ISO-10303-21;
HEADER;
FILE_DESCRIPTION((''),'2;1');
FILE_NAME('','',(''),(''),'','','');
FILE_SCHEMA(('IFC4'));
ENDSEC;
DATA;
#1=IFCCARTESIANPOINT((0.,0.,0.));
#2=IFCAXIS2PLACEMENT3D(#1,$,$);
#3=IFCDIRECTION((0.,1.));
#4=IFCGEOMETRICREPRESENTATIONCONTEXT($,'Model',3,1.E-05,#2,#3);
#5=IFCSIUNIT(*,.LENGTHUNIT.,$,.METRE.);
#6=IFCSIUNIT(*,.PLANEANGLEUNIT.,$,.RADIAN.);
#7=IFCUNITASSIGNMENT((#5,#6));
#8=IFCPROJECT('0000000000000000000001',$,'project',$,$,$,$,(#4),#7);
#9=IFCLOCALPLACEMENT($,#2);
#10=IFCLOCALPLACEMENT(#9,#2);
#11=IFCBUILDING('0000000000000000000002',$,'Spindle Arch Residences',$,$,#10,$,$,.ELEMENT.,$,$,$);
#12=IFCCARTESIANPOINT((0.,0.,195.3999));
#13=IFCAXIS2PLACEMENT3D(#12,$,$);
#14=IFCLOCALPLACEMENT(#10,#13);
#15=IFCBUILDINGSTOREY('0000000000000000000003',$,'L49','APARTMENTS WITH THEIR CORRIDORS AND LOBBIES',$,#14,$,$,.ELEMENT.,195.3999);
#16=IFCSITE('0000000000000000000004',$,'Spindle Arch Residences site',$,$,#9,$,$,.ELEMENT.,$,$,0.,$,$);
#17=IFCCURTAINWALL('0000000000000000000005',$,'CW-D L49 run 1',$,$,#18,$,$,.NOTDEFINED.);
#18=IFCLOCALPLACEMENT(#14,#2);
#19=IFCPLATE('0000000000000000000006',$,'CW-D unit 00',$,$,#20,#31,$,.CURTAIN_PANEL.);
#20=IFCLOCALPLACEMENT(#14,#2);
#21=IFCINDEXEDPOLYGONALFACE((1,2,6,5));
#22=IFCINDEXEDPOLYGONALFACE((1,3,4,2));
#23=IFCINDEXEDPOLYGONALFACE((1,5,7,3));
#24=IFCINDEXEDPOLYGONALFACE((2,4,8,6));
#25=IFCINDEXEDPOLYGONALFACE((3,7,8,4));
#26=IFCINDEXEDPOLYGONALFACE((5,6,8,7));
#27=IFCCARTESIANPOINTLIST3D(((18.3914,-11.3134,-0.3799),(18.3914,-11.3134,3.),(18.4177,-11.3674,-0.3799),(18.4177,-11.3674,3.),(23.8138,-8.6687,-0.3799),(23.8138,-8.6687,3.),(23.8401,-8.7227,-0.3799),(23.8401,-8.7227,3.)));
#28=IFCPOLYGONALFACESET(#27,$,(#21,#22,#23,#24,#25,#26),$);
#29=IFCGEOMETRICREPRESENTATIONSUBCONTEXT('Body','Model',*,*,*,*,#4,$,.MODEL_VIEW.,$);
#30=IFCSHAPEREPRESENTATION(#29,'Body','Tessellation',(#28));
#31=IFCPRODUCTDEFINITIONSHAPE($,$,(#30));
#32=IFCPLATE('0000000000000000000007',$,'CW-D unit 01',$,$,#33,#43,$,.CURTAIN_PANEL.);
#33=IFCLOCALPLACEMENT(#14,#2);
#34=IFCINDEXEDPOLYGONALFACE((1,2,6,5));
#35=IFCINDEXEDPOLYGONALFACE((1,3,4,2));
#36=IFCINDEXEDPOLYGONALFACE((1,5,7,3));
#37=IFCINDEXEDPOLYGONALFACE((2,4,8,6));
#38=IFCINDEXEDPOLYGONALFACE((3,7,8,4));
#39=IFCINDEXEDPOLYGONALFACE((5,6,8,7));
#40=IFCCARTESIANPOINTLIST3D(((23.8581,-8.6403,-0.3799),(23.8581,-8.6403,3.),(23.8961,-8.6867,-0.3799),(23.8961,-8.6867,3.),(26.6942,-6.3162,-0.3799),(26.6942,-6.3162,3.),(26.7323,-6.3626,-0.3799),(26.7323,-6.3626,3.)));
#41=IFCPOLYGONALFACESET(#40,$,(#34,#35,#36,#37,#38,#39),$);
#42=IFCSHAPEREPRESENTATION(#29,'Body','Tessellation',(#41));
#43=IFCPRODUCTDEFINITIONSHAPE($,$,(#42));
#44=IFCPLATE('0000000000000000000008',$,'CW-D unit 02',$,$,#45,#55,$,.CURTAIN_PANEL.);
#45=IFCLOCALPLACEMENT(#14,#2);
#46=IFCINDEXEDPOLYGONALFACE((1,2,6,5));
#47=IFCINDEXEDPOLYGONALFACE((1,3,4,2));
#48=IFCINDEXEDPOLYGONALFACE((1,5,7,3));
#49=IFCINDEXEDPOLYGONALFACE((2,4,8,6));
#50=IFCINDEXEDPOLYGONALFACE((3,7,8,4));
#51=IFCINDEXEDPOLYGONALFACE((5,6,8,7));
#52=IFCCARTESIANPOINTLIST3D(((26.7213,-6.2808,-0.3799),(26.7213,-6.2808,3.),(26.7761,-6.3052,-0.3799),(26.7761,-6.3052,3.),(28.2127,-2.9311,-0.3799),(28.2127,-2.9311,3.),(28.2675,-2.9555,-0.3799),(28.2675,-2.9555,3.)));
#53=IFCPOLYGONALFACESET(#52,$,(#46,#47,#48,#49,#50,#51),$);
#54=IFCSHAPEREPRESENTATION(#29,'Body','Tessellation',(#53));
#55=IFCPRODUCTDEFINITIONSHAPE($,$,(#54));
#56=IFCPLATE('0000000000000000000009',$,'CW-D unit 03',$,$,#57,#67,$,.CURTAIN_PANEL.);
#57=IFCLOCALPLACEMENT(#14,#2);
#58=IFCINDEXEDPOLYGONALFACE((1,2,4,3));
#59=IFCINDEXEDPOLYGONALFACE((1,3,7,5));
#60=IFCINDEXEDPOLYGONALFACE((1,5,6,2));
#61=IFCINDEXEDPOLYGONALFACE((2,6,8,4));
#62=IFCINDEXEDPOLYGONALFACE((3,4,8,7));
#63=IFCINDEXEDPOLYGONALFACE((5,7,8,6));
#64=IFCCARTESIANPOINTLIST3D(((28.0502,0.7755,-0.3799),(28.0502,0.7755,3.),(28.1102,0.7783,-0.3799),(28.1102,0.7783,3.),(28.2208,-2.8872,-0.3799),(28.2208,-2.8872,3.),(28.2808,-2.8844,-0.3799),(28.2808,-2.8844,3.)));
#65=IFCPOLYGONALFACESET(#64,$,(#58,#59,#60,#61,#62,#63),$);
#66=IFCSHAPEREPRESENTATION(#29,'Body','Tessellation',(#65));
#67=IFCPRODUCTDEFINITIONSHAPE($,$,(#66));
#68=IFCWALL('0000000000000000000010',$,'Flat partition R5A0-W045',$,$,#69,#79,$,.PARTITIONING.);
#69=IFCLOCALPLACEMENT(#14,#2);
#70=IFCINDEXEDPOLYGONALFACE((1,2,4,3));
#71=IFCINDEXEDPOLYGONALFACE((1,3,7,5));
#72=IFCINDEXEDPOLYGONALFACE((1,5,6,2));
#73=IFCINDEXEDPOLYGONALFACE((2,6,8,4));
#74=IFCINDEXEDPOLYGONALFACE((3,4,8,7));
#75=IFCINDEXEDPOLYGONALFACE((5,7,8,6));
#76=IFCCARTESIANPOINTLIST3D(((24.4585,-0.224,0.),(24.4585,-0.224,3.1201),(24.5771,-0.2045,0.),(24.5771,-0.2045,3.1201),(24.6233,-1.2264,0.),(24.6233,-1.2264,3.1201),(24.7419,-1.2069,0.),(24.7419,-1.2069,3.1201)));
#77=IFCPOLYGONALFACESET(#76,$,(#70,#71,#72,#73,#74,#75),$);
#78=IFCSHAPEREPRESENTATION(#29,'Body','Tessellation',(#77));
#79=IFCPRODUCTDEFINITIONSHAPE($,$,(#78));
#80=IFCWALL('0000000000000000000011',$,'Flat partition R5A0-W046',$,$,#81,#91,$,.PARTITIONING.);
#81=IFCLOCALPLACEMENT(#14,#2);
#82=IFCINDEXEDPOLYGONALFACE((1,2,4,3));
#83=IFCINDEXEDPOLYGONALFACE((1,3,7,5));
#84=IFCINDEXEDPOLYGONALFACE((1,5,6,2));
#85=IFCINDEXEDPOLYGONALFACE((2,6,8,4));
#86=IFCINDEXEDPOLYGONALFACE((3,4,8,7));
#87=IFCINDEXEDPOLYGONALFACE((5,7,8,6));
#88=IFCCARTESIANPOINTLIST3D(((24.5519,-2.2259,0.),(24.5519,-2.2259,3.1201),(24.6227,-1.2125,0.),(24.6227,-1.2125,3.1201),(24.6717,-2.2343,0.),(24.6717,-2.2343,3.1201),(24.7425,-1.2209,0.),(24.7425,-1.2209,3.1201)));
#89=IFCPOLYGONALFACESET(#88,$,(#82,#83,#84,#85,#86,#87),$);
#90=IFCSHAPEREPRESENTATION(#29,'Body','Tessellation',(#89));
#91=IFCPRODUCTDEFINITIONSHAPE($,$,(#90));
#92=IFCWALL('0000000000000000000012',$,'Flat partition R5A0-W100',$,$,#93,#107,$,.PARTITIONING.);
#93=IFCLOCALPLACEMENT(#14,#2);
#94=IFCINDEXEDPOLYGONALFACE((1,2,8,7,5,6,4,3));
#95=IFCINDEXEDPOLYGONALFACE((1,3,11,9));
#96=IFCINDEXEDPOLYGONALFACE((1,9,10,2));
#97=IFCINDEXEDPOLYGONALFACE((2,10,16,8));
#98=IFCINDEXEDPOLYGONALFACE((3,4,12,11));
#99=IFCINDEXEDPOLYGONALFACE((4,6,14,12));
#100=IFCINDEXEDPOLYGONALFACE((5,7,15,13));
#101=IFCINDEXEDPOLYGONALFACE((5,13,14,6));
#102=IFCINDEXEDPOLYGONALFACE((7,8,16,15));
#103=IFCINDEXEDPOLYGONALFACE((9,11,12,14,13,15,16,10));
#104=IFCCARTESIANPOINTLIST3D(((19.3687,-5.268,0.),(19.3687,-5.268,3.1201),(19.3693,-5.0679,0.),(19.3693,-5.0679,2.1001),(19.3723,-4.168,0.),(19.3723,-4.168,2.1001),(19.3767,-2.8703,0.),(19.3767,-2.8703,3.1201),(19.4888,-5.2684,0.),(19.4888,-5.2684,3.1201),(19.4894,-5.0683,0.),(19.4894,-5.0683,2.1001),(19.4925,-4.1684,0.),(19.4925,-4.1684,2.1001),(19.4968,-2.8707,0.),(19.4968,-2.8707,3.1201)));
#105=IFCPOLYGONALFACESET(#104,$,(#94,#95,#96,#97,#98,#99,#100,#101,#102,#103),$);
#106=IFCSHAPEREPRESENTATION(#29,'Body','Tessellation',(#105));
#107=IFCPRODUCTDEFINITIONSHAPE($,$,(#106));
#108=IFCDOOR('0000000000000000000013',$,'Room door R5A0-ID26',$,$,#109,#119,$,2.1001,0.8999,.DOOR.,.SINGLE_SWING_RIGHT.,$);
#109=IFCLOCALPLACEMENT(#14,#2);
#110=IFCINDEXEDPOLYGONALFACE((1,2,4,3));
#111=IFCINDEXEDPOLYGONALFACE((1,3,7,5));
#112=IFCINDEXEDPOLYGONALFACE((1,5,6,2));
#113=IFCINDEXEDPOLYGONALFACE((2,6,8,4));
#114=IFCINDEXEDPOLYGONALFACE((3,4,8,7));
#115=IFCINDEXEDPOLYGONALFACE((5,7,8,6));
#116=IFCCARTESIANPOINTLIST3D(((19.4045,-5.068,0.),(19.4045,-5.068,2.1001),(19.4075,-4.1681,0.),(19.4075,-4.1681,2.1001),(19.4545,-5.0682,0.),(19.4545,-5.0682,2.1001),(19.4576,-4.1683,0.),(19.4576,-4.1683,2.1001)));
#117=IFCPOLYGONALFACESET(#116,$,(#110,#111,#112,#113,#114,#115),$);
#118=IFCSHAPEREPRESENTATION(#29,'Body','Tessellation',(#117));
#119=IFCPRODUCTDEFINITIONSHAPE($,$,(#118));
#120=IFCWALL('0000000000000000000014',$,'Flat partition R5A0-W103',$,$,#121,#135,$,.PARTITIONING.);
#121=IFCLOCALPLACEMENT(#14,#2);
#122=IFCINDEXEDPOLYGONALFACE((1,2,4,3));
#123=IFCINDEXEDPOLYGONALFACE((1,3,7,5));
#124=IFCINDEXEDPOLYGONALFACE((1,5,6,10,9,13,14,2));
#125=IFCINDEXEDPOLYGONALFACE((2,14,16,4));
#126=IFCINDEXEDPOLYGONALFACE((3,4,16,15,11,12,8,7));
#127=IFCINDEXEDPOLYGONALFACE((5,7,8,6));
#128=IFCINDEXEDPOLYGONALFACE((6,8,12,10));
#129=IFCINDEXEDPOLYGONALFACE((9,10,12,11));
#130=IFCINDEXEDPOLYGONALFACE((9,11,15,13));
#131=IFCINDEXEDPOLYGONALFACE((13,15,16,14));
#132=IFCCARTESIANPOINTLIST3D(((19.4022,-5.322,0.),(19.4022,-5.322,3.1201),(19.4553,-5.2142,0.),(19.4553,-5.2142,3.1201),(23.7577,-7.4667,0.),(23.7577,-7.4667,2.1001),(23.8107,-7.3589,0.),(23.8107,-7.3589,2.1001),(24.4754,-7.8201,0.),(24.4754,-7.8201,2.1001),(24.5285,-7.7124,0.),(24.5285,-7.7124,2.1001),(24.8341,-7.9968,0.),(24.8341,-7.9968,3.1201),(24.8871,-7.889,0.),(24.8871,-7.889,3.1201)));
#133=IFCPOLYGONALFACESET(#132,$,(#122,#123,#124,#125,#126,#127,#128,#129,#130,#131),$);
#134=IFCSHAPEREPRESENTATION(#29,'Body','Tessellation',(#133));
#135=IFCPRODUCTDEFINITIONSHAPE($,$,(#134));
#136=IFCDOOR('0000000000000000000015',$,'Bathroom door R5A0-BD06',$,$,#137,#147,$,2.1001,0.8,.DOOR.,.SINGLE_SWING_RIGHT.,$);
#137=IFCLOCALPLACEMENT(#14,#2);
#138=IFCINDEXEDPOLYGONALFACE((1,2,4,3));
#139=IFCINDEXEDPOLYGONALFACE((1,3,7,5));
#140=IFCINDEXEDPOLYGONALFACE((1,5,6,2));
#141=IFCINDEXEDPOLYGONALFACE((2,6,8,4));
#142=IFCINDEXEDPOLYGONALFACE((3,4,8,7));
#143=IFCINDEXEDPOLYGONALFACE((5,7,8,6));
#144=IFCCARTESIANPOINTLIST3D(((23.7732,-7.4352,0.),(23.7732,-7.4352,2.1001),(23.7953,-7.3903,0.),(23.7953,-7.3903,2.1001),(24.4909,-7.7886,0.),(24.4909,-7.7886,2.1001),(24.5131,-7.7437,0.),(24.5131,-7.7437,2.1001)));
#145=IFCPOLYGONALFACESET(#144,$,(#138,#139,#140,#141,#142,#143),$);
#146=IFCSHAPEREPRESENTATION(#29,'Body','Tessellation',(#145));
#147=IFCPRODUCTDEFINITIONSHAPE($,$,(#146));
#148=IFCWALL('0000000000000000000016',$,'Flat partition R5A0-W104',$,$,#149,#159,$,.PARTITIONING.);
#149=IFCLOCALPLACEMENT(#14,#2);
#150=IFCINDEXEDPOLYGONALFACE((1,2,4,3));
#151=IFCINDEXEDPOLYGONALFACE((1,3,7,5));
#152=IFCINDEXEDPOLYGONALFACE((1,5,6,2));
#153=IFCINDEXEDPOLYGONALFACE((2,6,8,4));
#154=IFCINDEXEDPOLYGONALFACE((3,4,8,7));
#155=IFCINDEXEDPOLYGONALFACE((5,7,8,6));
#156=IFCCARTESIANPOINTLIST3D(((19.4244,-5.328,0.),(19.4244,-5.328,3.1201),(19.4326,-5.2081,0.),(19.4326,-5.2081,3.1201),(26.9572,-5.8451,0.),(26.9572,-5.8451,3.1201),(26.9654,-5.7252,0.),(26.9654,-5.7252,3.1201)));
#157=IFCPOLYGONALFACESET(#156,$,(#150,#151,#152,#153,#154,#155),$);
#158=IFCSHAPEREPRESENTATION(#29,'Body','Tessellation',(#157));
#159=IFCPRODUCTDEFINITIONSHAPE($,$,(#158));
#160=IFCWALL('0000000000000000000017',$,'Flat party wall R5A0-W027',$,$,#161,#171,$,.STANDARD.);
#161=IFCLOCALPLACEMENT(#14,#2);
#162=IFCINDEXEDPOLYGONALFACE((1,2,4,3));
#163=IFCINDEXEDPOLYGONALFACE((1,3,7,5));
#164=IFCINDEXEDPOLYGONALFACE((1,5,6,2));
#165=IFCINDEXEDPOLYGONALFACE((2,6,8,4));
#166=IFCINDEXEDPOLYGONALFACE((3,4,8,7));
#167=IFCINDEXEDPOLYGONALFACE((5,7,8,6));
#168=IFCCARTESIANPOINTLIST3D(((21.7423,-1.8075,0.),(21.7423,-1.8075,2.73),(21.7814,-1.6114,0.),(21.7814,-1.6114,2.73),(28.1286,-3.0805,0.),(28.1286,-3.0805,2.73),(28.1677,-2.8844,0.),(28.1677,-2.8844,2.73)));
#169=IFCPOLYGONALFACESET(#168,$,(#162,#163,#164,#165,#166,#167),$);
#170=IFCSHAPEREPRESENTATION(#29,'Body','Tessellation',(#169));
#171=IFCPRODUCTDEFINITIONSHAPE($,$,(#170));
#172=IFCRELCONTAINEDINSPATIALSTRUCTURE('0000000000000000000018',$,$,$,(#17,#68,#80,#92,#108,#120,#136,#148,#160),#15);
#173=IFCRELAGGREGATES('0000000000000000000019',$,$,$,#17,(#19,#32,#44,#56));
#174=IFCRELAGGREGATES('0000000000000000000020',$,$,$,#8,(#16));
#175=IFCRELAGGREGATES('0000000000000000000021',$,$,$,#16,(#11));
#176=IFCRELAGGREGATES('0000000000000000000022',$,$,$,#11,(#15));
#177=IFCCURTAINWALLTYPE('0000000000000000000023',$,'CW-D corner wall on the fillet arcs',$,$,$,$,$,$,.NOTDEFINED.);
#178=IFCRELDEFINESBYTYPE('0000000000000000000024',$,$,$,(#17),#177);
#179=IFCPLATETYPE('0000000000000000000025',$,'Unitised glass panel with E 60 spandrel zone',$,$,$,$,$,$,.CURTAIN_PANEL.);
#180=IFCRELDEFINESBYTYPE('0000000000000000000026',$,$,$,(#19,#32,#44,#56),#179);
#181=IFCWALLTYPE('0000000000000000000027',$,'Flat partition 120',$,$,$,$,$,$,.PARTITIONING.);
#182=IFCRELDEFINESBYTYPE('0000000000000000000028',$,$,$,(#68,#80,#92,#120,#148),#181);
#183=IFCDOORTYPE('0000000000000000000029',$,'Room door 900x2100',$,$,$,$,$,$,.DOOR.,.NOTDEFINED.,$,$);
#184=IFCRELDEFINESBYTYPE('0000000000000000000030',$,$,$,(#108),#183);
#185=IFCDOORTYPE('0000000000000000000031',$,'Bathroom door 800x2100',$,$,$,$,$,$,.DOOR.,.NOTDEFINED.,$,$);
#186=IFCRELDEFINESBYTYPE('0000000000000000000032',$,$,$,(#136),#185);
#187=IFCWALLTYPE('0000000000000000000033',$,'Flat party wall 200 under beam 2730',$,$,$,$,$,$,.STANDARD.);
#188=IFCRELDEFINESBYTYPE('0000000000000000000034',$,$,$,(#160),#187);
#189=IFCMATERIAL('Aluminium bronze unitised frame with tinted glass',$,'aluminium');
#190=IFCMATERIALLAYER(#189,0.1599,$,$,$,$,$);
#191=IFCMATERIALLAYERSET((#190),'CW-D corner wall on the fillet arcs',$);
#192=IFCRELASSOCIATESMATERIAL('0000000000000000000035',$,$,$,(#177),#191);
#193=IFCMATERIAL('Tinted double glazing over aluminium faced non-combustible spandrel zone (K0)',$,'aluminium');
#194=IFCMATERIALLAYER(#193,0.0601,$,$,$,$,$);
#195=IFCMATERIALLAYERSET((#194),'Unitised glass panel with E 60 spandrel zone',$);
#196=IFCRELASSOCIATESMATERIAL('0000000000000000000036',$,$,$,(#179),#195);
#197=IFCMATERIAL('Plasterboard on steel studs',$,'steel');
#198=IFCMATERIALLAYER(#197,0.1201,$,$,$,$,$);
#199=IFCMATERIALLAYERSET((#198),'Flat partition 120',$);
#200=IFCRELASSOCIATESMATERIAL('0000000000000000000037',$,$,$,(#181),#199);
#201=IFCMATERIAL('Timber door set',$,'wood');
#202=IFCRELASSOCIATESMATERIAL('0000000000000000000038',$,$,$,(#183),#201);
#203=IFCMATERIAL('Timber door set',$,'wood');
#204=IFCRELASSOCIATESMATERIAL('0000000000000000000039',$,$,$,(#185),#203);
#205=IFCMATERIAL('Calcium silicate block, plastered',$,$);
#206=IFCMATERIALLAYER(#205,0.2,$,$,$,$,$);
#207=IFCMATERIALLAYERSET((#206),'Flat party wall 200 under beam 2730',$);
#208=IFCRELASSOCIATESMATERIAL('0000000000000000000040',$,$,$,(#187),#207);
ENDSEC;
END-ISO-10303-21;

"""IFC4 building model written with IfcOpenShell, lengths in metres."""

from ifc_helpers import new_model, si_unit, direction, frame, frame_2d, origin, origin_2d, place, context, subcontext, project, spatial, rectangle, extrude, material, layer, layer_set, type_object, element, fill, aggregate, save


model = new_model("IFC4")

# Units and contexts
model_context = context("Model", 3, precision=1e-05, world=origin(), true_north=direction((0.0, 1.0)))
body_context = subcontext(model_context, "Body", "Model", "MODEL_VIEW")
ifc_project = project(units=[si_unit("LENGTHUNIT", "METRE"), si_unit("PLANEANGLEUNIT", "RADIAN")], contexts=[model_context])

# Site, building, storey
site_placement = place(None, origin())
site = spatial("IfcSite", under=ifc_project, at=site_placement, Name="Spindle Arch Residences site", CompositionType="ELEMENT", RefElevation=0.0)
building_placement = place(site_placement, origin())
building = spatial("IfcBuilding", under=site, at=building_placement, Name="Spindle Arch Residences", CompositionType="ELEMENT")
storey_placement = place(building_placement, frame((0.0, 0.0, 195.3999)))
storey = spatial("IfcBuildingStorey", under=building, at=storey_placement, Name="L49", Description="APARTMENTS WITH THEIR CORRIDORS AND LOBBIES", CompositionType="ELEMENT", Elevation=195.3999)

# Curtain wall
ifc_material_1 = material(Name="Aluminium bronze unitised frame with tinted glass", Category="aluminium")
ifc_layer_1 = layer(ifc_material_1, 0.1599)
ifc_layer_set_1 = layer_set([ifc_layer_1], Name="CW-D corner wall on the fillet arcs")
curtain_wall_type = type_object("IfcCurtainWallType", Name="CW-D corner wall on the fillet arcs", PredefinedType="NOTDEFINED", material=ifc_layer_set_1)
curtain_wall_placement = place(storey_placement, origin())
curtain_wall = element("IfcCurtainWall", 1, at=curtain_wall_placement, inside=storey, type_object=curtain_wall_type, Name="CW-D L49 run 1", PredefinedType="NOTDEFINED")

# Plates
ifc_material_2 = material(Name="Tinted double glazing over aluminium faced non-combustible spandrel zone (K0)", Category="aluminium")
ifc_layer_2 = layer(ifc_material_2, 0.0601)
ifc_layer_set_2 = layer_set([ifc_layer_2], Name="Unitised glass panel with E 60 spandrel zone")
plate_type = type_object("IfcPlateType", Name="Unitised glass panel with E 60 spandrel zone", PredefinedType="CURTAIN_PANEL", material=ifc_layer_set_2)
plate_1_placement = place(storey_placement, frame((21.1157, -10.0181, -0.3799), z_axis=(0.0, 0.0, 1.0), x_axis=(0.898794, 0.438371, 0.0)))
plate_1 = element("IfcPlate", 2, at=plate_1_placement, type_object=plate_type, Name="CW-D unit 00", PredefinedType="CURTAIN_PANEL", context=body_context, shape_type="SweptSolid", body=[
    extrude(rectangle(XDim=6.033, YDim=0.0601, at=origin_2d()), origin(), (0.0, 0.0, 1.0), 3.3799),
])
plate_2_placement = place(storey_placement, frame((25.2952, -7.5015, -0.3799), z_axis=(0.0, 0.0, 1.0), x_axis=(0.773472, 0.633831, 0.0)))
plate_2 = element("IfcPlate", 3, at=plate_2_placement, type_object=plate_type, Name="CW-D unit 01", PredefinedType="CURTAIN_PANEL", context=body_context, shape_type="SweptSolid", body=[
    extrude(rectangle(XDim=3.6667, YDim=0.0601, at=origin_2d()), origin(), (0.0, 0.0, 1.0), 3.3799),
])
plate_3_placement = place(storey_placement, frame((27.4944, -4.6182, -0.3799), z_axis=(0.0, 0.0, 1.0), x_axis=(0.406737, 0.913545, 0.0)))
plate_3 = element("IfcPlate", 4, at=plate_3_placement, type_object=plate_type, Name="CW-D unit 02", PredefinedType="CURTAIN_PANEL", context=body_context, shape_type="SweptSolid", body=[
    extrude(rectangle(XDim=3.6667, YDim=0.0601, at=origin_2d()), origin(), (0.0, 0.0, 1.0), 3.3799),
])
plate_4_placement = place(storey_placement, frame((28.1655, -1.0544, -0.3799), z_axis=(0.0, 0.0, 1.0), x_axis=(-0.046525, 0.998917, 0.0)))
plate_4 = element("IfcPlate", 5, at=plate_4_placement, type_object=plate_type, Name="CW-D unit 03", PredefinedType="CURTAIN_PANEL", context=body_context, shape_type="SweptSolid", body=[
    extrude(rectangle(XDim=3.6667, YDim=0.0601, at=origin_2d()), origin(), (0.0, 0.0, 1.0), 3.3799),
])
aggregate(curtain_wall, [plate_1, plate_2, plate_3, plate_4])

# Walls
ifc_material_3 = material(Name="Plasterboard on steel studs", Category="steel")
ifc_layer_3 = layer(ifc_material_3, 0.1201)
ifc_layer_set_3 = layer_set([ifc_layer_3], Name="Flat partition 120")
wall_type_1 = type_object("IfcWallType", Name="Flat partition 120", PredefinedType="PARTITIONING", material=ifc_layer_set_3)
for number, where, z_axis, x_axis, name in (
    (6, (24.5178, -0.2144, 0.0), (0.0, 0.0, 1.0), (0.162216, -0.986755, 0.0), "Flat partition R5A0-W045"),
    (7, (24.6826, -1.2168, 0.0), (0.0, 0.0, 1.0), (-0.069693, -0.997568, 0.0), "Flat partition R5A0-W046"),
):
    element("IfcWall", number, at=place(storey_placement, frame(where, z_axis=z_axis, x_axis=x_axis)), inside=storey, type_object=wall_type_1, Name=name, PredefinedType="PARTITIONING", context=body_context, shape_type="SweptSolid", body=[
        extrude(rectangle(XDim=1.0159, YDim=0.1201, at=frame_2d((0.5078, 0.0))), origin(), (0.0, 0.0, 1.0), 3.1201),
    ])

# Walls, openings, doors
wall_1_placement = place(storey_placement, frame((19.4287, -5.2681, 0.0), z_axis=(0.0, 0.0, 1.0), x_axis=(0.00336, 0.999994, 0.0)))
wall_1 = element("IfcWall", 8, at=wall_1_placement, inside=storey, type_object=wall_type_1, Name="Flat partition R5A0-W100", PredefinedType="PARTITIONING", context=body_context, shape_type="SweptSolid", body=[
    extrude(rectangle(XDim=2.3977, YDim=0.1201, at=frame_2d((1.1987, 0.0))), origin(), (0.0, 0.0, 1.0), 3.1201),
])
opening_1_placement = place(wall_1_placement, frame((0.2, 0.0, 0.0)))
opening_1 = element("IfcOpeningElement", 9, at=opening_1_placement, cuts=wall_1, PredefinedType="OPENING", context=body_context, shape_type="SweptSolid", body=[
    extrude(rectangle(XDim=0.8999, YDim=2.1001, at=frame_2d((0.45, 1.05))), frame((0.0, 0.0701, 0.0), z_axis=(0.0, -1.0, 0.0), x_axis=(1.0, 0.0, 0.0)), (0.0, 0.0, 1.0), 0.1401),
])
ifc_material_4 = material(Name="Timber door set", Category="wood")
door_type_1 = type_object("IfcDoorType", Name="Room door 900x2100", OperationType="NOTDEFINED", PredefinedType="DOOR", material=ifc_material_4)
door_1_placement = place(opening_1_placement, origin())
door_1 = element("IfcDoor", 10, at=door_1_placement, inside=storey, type_object=door_type_1, Name="Room door R5A0-ID26", OperationType="SINGLE_SWING_RIGHT", OverallHeight=2.1001, OverallWidth=0.8999, PredefinedType="DOOR", context=body_context, shape_type="SweptSolid", body=[
    extrude(rectangle(XDim=0.8999, YDim=2.1001, at=frame_2d((0.45, 1.05))), frame((0.0, 0.0249, 0.0), z_axis=(0.0, -1.0, 0.0), x_axis=(1.0, 0.0, 0.0)), (0.0, 0.0, 1.0), 0.05),
])
fill(opening_1, door_1)
wall_2_placement = place(storey_placement, frame((24.8606, -7.9429, 0.0), z_axis=(0.0, 0.0, 1.0), x_axis=(-0.897128, 0.44177, 0.0)))
wall_2 = element("IfcWall", 11, at=wall_2_placement, inside=storey, type_object=wall_type_1, Name="Flat partition R5A0-W103", PredefinedType="PARTITIONING", context=body_context, shape_type="SweptSolid", body=[
    extrude(rectangle(XDim=6.0547, YDim=0.1201, at=frame_2d((3.0273, 0.0))), origin(), (0.0, 0.0, 1.0), 3.1201),
])
opening_2_placement = place(wall_2_placement, frame((0.3999, 0.0, 0.0)))
opening_2 = element("IfcOpeningElement", 12, at=opening_2_placement, cuts=wall_2, PredefinedType="OPENING", context=body_context, shape_type="SweptSolid", body=[
    extrude(rectangle(XDim=0.8, YDim=2.1001, at=frame_2d((0.3999, 1.05))), frame((0.0, 0.0701, 0.0), z_axis=(0.0, -1.0, 0.0), x_axis=(1.0, 0.0, 0.0)), (0.0, 0.0, 1.0), 0.1401),
])
ifc_material_5 = material(Name="Timber door set", Category="wood")
door_type_2 = type_object("IfcDoorType", Name="Bathroom door 800x2100", OperationType="NOTDEFINED", PredefinedType="DOOR", material=ifc_material_5)
door_2_placement = place(opening_2_placement, origin())
door_2 = element("IfcDoor", 13, at=door_2_placement, inside=storey, type_object=door_type_2, Name="Bathroom door R5A0-BD06", OperationType="SINGLE_SWING_RIGHT", OverallHeight=2.1001, OverallWidth=0.8, PredefinedType="DOOR", context=body_context, shape_type="SweptSolid", body=[
    extrude(rectangle(XDim=0.8, YDim=2.1001, at=frame_2d((0.3999, 1.05))), frame((0.0, 0.0249, 0.0), z_axis=(0.0, -1.0, 0.0), x_axis=(1.0, 0.0, 0.0)), (0.0, 0.0, 1.0), 0.05),
])
fill(opening_2, door_2)

# Walls
wall_3_placement = place(storey_placement, frame((26.9614, -5.7852, 0.0), z_axis=(0.0, 0.0, 1.0), x_axis=(-0.997652, 0.068485, 0.0)))
element("IfcWall", 14, at=wall_3_placement, inside=storey, type_object=wall_type_1, Name="Flat partition R5A0-W104", PredefinedType="PARTITIONING", context=body_context, shape_type="SweptSolid", body=[
    extrude(rectangle(XDim=7.5505, YDim=0.1201, at=frame_2d((3.7754, 0.0))), origin(), (0.0, 0.0, 1.0), 3.1201),
])
ifc_material_6 = material(Name="Calcium silicate block, plastered")
ifc_layer_4 = layer(ifc_material_6, 0.2)
ifc_layer_set_4 = layer_set([ifc_layer_4], Name="Flat party wall 200 under beam 2730")
wall_type_2 = type_object("IfcWallType", Name="Flat party wall 200 under beam 2730", PredefinedType="STANDARD", material=ifc_layer_set_4)
wall_4_placement = place(storey_placement, frame((21.762, -1.7095, 0.0), z_axis=(0.0, 0.0, 1.0), x_axis=(0.980707, -0.195482, 0.0)))
element("IfcWall", 15, at=wall_4_placement, inside=storey, type_object=wall_type_2, Name="Flat party wall R5A0-W027", PredefinedType="STANDARD", context=body_context, shape_type="SweptSolid", body=[
    extrude(rectangle(XDim=6.512, YDim=0.2, at=frame_2d((3.2559, 0.0))), origin(), (0.0, 0.0, 1.0), 2.73),
])

save(model, "model.ifc")
